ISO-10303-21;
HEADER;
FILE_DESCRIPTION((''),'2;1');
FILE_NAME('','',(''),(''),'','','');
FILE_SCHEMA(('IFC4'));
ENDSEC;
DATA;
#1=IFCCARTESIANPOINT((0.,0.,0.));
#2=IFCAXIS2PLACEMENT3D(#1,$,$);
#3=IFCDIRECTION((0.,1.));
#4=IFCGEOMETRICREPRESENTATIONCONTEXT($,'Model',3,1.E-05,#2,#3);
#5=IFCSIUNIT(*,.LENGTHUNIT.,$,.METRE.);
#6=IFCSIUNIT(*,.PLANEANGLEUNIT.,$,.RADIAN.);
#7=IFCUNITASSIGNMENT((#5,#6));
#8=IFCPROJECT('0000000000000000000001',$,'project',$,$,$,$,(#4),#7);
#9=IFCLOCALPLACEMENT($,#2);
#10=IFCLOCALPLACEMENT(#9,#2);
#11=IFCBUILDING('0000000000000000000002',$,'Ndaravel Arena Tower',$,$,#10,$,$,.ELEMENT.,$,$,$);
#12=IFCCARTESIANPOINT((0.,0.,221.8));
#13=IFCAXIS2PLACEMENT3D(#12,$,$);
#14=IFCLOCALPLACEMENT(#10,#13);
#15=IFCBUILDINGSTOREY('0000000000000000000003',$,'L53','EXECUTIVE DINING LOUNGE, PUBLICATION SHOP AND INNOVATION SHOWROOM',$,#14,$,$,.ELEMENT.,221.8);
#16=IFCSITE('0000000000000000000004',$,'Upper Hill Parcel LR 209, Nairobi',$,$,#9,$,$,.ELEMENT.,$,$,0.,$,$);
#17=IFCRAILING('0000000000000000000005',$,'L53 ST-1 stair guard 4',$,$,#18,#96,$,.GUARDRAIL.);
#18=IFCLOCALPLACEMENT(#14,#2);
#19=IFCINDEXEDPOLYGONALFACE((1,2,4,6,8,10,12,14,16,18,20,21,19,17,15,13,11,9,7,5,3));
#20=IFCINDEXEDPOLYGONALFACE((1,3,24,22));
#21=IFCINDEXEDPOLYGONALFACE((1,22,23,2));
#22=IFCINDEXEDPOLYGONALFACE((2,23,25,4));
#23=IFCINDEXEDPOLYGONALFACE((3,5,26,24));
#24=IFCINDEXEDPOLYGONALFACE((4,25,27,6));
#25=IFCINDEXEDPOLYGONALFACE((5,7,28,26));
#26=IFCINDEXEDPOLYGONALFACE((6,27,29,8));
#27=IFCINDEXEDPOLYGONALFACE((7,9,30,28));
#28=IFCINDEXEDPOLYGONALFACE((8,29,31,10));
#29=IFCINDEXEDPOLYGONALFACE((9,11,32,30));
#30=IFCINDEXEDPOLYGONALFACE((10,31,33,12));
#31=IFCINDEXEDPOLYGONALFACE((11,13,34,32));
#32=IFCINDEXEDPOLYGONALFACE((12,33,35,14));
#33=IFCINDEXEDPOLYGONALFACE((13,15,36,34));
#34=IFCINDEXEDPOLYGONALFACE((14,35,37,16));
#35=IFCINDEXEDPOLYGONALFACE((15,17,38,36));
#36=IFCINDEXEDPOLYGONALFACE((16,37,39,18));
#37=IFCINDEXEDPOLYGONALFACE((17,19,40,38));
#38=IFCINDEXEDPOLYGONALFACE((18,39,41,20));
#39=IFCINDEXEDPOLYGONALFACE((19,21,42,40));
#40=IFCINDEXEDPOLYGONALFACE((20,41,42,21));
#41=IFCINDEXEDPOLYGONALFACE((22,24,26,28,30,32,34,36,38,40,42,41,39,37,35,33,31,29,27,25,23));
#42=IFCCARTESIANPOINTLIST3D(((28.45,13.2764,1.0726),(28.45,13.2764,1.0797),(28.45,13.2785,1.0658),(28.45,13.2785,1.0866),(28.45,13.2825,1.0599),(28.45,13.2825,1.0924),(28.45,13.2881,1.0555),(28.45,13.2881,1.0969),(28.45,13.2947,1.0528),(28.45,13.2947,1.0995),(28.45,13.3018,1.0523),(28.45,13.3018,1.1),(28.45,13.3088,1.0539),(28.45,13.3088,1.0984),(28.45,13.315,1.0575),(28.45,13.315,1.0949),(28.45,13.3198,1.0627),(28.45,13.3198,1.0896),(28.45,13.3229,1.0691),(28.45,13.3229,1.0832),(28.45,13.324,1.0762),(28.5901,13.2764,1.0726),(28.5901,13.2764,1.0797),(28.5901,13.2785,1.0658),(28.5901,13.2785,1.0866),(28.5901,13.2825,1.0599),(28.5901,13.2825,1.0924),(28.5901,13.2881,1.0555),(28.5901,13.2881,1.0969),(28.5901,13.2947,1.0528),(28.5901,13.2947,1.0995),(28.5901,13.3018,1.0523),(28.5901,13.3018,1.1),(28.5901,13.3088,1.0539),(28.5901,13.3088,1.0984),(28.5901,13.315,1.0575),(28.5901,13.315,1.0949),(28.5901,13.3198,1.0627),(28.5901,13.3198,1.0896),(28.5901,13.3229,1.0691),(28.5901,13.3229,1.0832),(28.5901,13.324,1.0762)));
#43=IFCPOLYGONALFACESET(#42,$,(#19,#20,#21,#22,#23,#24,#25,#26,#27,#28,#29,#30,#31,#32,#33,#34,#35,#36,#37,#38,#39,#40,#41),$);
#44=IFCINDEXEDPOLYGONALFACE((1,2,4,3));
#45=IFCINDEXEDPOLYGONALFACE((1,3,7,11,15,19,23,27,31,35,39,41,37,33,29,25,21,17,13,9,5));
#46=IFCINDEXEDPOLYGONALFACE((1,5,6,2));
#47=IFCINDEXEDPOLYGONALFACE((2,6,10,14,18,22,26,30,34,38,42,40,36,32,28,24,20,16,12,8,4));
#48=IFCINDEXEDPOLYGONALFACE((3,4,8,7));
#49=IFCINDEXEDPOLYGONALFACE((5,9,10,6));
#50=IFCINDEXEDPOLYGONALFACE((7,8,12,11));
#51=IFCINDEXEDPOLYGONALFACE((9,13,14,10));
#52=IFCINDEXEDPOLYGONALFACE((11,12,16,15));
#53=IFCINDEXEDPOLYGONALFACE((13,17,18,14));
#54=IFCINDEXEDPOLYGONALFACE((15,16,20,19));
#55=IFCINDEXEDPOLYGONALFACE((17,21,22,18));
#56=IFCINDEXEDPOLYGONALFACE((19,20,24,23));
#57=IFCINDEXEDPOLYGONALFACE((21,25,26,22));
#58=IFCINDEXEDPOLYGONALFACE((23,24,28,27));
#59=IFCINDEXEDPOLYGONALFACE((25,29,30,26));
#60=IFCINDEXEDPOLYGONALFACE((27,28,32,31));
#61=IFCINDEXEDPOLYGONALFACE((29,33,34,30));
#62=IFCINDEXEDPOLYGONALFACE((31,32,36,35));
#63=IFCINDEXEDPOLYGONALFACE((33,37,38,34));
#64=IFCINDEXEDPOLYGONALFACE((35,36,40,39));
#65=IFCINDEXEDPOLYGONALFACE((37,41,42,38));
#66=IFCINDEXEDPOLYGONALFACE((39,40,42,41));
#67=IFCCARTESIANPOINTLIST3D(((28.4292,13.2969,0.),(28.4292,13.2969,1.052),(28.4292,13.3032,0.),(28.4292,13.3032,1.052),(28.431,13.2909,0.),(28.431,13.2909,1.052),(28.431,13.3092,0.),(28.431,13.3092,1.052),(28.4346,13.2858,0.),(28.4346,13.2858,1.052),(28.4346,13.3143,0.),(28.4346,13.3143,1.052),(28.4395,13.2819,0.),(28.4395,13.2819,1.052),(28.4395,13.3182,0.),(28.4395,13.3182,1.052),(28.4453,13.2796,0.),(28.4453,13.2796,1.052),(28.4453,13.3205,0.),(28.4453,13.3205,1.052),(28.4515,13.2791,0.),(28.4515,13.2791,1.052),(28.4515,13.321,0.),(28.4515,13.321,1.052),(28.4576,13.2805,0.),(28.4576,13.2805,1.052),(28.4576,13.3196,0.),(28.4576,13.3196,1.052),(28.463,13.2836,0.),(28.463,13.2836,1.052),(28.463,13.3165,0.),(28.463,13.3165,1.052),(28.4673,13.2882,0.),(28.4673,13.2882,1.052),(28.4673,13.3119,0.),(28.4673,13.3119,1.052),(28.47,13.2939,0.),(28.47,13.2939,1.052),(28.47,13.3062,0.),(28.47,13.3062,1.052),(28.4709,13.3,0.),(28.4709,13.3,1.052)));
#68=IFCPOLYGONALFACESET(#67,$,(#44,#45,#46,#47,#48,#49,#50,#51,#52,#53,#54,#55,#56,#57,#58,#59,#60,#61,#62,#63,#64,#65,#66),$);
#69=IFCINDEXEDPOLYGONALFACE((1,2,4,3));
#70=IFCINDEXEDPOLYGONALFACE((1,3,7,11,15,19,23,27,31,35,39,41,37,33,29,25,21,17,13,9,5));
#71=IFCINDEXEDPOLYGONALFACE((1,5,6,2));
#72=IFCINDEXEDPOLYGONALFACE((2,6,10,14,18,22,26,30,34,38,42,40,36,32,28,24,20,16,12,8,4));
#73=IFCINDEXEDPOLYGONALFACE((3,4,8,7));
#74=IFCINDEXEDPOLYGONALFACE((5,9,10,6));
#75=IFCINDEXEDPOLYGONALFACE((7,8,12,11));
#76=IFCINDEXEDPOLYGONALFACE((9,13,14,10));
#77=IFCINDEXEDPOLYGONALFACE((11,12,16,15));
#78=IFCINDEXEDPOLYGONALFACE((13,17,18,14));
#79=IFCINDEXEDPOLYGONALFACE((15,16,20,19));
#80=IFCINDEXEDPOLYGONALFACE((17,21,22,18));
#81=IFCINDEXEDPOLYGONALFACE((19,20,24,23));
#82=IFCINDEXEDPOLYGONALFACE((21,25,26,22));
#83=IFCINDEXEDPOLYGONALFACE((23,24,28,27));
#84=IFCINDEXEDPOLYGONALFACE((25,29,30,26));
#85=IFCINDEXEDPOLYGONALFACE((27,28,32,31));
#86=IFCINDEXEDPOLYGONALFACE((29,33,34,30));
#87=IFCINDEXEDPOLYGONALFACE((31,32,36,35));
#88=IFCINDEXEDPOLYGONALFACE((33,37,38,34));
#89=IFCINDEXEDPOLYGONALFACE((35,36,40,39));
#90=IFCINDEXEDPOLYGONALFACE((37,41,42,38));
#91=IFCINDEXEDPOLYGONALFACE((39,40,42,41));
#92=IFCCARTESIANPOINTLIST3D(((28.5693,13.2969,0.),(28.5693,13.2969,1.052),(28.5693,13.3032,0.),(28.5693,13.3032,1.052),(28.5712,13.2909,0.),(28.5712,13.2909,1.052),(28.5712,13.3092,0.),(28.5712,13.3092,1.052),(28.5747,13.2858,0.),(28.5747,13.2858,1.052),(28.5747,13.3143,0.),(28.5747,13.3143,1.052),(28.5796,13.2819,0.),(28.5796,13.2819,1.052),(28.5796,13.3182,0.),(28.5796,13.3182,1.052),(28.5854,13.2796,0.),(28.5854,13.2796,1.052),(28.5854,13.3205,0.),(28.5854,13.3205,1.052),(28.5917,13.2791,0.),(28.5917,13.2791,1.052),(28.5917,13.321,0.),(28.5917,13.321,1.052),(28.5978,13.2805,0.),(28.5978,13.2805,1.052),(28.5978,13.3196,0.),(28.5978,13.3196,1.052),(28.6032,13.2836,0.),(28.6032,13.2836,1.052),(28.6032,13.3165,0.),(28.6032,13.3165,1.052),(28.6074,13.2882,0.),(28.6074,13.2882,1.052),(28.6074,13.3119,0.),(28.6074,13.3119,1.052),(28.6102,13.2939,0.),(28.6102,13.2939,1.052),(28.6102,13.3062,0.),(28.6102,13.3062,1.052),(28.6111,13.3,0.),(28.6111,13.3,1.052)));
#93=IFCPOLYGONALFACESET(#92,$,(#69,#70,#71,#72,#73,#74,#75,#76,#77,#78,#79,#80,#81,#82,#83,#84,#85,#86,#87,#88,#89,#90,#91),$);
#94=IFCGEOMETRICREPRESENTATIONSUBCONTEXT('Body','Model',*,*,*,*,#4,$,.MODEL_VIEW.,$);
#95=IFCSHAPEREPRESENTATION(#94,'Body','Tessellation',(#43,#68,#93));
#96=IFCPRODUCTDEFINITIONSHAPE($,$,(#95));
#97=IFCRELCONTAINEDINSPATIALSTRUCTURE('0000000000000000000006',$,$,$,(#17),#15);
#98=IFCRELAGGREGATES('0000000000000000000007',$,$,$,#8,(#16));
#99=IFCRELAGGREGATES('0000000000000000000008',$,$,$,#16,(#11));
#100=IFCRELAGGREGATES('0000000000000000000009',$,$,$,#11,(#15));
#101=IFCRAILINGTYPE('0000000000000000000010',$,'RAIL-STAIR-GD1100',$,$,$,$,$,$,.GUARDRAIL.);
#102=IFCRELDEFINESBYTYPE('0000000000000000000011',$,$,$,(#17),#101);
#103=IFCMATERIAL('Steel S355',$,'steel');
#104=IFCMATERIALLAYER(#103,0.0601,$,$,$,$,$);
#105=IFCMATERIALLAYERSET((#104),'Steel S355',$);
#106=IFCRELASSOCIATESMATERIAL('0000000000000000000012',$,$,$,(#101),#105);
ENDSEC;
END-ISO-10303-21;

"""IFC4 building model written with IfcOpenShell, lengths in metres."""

from ifc_helpers import new_model, si_unit, direction, frame, origin, origin_2d, place, context, subcontext, project, spatial, circle, extrude, material, layer, layer_set, type_object, element, save


model = new_model("IFC4")

# Units and contexts
model_context = context("Model", 3, precision=1e-05, world=origin(), true_north=direction((0.0, 1.0)))
body_context = subcontext(model_context, "Body", "Model", "MODEL_VIEW")
ifc_project = project(units=[si_unit("LENGTHUNIT", "METRE"), si_unit("PLANEANGLEUNIT", "RADIAN")], contexts=[model_context])

# Site, building, storey
site_placement = place(None, origin())
site = spatial("IfcSite", under=ifc_project, at=site_placement, Name="Upper Hill Parcel LR 209, Nairobi", CompositionType="ELEMENT", RefElevation=0.0)
building_placement = place(site_placement, origin())
building = spatial("IfcBuilding", under=site, at=building_placement, Name="Ndaravel Arena Tower", CompositionType="ELEMENT")
storey_placement = place(building_placement, frame((0.0, 0.0, 221.8)))
storey = spatial("IfcBuildingStorey", under=building, at=storey_placement, Name="L53", Description="EXECUTIVE DINING LOUNGE, PUBLICATION SHOP AND INNOVATION SHOWROOM", CompositionType="ELEMENT", Elevation=221.8)

# Railing
ifc_material_1 = material(Name="Steel S355", Category="steel")
ifc_layer_1 = layer(ifc_material_1, 0.0601)
ifc_layer_set_1 = layer_set([ifc_layer_1], Name="Steel S355")
railing_type_1 = type_object("IfcRailingType", Name="RAIL-STAIR-GD1100", PredefinedType="GUARDRAIL", material=ifc_layer_set_1)
railing_1_placement = place(storey_placement, frame((28.45, 13.3, 0.0)))
element("IfcRailing", 1, at=railing_1_placement, inside=storey, type_object=railing_type_1, Name="L53 ST-1 stair guard 4", PredefinedType="GUARDRAIL", context=body_context, shape_type="SweptSolid", body=[
    extrude(circle(Radius=0.0239, at=origin_2d()), frame((0.0, 0.0, 1.0762), z_axis=(1.0, 0.0, 0.0), x_axis=(0.0, 1.0, 0.0)), (0.0, 0.0, 1.0), 0.1401),
    extrude(circle(Radius=0.021, at=origin_2d()), origin(), (0.0, 0.0, 1.0), 1.052),
    extrude(circle(Radius=0.021, at=origin_2d()), frame((0.1401, 0.0, 0.0)), (0.0, 0.0, 1.0), 1.052),
])

save(model, "model.ifc")
